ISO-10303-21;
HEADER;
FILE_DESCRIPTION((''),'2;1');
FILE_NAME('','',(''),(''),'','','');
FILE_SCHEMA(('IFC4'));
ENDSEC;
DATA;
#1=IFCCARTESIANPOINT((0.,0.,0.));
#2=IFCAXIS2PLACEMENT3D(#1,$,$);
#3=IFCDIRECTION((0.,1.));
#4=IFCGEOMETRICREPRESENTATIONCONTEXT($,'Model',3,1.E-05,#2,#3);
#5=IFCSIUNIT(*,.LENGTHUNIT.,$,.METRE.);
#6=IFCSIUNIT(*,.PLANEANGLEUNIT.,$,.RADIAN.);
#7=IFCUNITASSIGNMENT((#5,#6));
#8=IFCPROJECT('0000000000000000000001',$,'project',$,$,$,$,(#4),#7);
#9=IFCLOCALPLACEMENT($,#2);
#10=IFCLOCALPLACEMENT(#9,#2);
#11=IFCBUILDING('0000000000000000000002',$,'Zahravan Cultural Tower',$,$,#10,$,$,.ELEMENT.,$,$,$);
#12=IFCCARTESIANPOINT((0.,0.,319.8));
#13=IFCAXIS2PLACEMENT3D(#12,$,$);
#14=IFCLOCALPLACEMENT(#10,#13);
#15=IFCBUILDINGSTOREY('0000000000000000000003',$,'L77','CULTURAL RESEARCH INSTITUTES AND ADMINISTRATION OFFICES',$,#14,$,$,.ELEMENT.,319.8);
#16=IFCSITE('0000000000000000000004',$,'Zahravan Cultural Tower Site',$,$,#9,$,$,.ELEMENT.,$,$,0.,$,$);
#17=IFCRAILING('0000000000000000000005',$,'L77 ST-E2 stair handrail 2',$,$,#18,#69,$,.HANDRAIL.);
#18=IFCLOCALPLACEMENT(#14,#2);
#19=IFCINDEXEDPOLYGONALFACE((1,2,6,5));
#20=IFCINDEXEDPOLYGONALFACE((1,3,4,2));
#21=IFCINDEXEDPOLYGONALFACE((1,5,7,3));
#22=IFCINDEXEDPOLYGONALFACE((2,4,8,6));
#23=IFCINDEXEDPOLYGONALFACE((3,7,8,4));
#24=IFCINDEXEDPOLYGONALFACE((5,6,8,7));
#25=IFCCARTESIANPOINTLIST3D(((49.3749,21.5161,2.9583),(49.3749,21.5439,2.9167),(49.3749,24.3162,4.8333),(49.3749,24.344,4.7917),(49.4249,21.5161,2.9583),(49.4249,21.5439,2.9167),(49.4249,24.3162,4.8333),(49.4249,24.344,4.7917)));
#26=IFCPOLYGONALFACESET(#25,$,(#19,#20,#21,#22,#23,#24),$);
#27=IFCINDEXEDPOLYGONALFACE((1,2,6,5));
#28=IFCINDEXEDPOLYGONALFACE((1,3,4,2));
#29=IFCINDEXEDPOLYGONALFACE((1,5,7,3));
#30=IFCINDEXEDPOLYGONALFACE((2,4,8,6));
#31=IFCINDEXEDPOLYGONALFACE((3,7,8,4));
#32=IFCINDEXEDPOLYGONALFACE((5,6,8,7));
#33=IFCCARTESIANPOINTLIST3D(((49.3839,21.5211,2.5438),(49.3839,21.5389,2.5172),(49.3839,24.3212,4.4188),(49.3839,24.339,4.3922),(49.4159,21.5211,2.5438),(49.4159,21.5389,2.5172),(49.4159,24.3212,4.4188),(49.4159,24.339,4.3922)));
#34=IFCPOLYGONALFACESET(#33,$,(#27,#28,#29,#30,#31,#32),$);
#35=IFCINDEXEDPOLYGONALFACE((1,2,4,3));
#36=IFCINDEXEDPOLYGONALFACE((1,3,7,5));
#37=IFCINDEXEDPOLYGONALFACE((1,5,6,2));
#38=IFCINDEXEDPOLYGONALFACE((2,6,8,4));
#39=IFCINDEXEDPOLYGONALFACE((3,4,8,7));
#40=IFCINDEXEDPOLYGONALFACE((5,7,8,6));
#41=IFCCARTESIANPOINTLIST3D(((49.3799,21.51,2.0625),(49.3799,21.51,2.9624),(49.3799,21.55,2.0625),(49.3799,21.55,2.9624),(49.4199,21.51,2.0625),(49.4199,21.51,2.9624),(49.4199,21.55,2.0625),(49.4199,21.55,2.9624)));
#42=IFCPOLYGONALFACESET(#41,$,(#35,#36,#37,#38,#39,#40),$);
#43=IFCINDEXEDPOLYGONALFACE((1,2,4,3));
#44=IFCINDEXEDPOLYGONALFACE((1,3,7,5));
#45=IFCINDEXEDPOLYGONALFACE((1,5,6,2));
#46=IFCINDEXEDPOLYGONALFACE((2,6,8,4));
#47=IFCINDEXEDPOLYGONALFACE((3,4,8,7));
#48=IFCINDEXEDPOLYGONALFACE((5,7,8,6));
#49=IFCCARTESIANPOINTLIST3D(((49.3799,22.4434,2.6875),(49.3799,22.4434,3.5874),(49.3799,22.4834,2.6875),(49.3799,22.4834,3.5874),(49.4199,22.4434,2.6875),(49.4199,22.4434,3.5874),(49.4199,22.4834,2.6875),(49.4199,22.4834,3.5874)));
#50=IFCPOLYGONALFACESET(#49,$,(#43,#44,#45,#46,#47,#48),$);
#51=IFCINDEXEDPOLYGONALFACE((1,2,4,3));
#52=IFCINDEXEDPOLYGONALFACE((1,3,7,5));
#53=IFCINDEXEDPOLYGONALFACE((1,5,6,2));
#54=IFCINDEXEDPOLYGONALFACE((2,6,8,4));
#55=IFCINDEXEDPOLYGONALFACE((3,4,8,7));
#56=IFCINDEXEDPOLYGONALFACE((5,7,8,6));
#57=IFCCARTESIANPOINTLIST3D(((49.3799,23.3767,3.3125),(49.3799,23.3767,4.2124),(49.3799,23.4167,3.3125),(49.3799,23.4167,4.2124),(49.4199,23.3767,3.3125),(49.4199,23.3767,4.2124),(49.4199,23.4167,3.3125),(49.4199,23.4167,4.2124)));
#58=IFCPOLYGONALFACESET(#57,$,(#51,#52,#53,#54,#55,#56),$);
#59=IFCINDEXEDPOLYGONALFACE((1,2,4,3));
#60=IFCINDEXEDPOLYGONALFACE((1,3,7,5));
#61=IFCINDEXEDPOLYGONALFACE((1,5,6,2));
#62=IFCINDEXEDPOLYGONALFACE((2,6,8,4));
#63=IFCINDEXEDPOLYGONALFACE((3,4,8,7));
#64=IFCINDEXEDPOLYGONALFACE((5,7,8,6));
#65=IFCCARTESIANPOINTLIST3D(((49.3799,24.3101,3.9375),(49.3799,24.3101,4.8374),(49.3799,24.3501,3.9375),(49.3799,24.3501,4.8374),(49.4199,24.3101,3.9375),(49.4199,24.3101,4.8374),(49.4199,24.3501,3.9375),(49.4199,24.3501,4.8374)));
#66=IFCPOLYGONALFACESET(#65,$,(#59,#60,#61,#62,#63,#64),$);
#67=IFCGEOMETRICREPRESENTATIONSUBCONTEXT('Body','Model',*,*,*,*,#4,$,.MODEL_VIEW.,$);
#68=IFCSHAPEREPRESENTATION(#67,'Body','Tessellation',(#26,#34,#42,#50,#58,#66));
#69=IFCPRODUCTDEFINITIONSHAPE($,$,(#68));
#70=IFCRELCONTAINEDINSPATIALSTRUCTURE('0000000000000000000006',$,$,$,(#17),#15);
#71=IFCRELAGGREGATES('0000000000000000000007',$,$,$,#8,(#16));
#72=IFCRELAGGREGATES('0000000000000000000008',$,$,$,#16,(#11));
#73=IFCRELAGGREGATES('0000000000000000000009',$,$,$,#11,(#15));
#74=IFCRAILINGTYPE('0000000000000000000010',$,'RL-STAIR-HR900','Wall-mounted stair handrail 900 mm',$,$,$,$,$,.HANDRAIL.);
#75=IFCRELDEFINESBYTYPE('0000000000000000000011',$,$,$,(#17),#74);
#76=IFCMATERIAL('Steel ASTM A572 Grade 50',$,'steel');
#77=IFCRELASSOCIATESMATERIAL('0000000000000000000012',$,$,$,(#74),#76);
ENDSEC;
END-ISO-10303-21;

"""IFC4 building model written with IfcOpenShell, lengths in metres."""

from ifc_helpers import new_model, si_unit, direction, frame, origin, origin_2d, place, context, subcontext, project, spatial, rectangle, extrude, material, type_object, element, save


model = new_model("IFC4")

# Units and contexts
model_context = context("Model", 3, precision=1e-05, world=origin(), true_north=direction((0.0, 1.0)))
body_context = subcontext(model_context, "Body", "Model", "MODEL_VIEW")
ifc_project = project(units=[si_unit("LENGTHUNIT", "METRE"), si_unit("PLANEANGLEUNIT", "RADIAN")], contexts=[model_context])

# Site, building, storey
site_placement = place(None, origin())
site = spatial("IfcSite", under=ifc_project, at=site_placement, Name="Zahravan Cultural Tower Site", CompositionType="ELEMENT", RefElevation=0.0)
building_placement = place(site_placement, origin())
building = spatial("IfcBuilding", under=site, at=building_placement, Name="Zahravan Cultural Tower", CompositionType="ELEMENT")
storey_placement = place(building_placement, frame((0.0, 0.0, 319.8)))
storey = spatial("IfcBuildingStorey", under=building, at=storey_placement, Name="L77", Description="CULTURAL RESEARCH INSTITUTES AND ADMINISTRATION OFFICES", CompositionType="ELEMENT", Elevation=319.8)

# Shared definitions
ifc_material_1 = material(Name="Steel ASTM A572 Grade 50", Category="steel")

# Railing
railing_type_1 = type_object("IfcRailingType", Name="RL-STAIR-HR900", Description="Wall-mounted stair handrail 900 mm", PredefinedType="HANDRAIL", material=ifc_material_1)
railing_1_placement = place(storey_placement, frame((49.3999, 21.53, 2.0625)))
element("IfcRailing", 1, at=railing_1_placement, inside=storey, type_object=railing_type_1, Name="L77 ST-E2 stair handrail 2", PredefinedType="HANDRAIL", context=body_context, shape_type="SweptSolid", body=[
    extrude(rectangle(XDim=0.05, YDim=0.05, at=origin_2d()), frame((0.0, 0.0, 0.875), z_axis=(0.0, 0.830912, 0.556404), x_axis=(-1.0, 0.0, 0.0)), (0.0, 0.0, 1.0), 3.3699),
    extrude(rectangle(XDim=0.032, YDim=0.032, at=origin_2d()), frame((0.0, 0.0, 0.468), z_axis=(0.0, 0.830912, 0.556404), x_axis=(-1.0, 0.0, 0.0)), (0.0, 0.0, 1.0), 3.3699),
    extrude(rectangle(XDim=0.04, YDim=0.04, at=origin_2d()), origin(), (0.0, 0.0, 1.0), 0.8999),
    extrude(rectangle(XDim=0.04, YDim=0.04, at=origin_2d()), frame((0.0, 0.9333, 0.625)), (0.0, 0.0, 1.0), 0.8999),
    extrude(rectangle(XDim=0.04, YDim=0.04, at=origin_2d()), frame((0.0, 1.8667, 1.25)), (0.0, 0.0, 1.0), 0.8999),
    extrude(rectangle(XDim=0.04, YDim=0.04, at=origin_2d()), frame((0.0, 2.8, 1.875)), (0.0, 0.0, 1.0), 0.8999),
])

save(model, "model.ifc")
